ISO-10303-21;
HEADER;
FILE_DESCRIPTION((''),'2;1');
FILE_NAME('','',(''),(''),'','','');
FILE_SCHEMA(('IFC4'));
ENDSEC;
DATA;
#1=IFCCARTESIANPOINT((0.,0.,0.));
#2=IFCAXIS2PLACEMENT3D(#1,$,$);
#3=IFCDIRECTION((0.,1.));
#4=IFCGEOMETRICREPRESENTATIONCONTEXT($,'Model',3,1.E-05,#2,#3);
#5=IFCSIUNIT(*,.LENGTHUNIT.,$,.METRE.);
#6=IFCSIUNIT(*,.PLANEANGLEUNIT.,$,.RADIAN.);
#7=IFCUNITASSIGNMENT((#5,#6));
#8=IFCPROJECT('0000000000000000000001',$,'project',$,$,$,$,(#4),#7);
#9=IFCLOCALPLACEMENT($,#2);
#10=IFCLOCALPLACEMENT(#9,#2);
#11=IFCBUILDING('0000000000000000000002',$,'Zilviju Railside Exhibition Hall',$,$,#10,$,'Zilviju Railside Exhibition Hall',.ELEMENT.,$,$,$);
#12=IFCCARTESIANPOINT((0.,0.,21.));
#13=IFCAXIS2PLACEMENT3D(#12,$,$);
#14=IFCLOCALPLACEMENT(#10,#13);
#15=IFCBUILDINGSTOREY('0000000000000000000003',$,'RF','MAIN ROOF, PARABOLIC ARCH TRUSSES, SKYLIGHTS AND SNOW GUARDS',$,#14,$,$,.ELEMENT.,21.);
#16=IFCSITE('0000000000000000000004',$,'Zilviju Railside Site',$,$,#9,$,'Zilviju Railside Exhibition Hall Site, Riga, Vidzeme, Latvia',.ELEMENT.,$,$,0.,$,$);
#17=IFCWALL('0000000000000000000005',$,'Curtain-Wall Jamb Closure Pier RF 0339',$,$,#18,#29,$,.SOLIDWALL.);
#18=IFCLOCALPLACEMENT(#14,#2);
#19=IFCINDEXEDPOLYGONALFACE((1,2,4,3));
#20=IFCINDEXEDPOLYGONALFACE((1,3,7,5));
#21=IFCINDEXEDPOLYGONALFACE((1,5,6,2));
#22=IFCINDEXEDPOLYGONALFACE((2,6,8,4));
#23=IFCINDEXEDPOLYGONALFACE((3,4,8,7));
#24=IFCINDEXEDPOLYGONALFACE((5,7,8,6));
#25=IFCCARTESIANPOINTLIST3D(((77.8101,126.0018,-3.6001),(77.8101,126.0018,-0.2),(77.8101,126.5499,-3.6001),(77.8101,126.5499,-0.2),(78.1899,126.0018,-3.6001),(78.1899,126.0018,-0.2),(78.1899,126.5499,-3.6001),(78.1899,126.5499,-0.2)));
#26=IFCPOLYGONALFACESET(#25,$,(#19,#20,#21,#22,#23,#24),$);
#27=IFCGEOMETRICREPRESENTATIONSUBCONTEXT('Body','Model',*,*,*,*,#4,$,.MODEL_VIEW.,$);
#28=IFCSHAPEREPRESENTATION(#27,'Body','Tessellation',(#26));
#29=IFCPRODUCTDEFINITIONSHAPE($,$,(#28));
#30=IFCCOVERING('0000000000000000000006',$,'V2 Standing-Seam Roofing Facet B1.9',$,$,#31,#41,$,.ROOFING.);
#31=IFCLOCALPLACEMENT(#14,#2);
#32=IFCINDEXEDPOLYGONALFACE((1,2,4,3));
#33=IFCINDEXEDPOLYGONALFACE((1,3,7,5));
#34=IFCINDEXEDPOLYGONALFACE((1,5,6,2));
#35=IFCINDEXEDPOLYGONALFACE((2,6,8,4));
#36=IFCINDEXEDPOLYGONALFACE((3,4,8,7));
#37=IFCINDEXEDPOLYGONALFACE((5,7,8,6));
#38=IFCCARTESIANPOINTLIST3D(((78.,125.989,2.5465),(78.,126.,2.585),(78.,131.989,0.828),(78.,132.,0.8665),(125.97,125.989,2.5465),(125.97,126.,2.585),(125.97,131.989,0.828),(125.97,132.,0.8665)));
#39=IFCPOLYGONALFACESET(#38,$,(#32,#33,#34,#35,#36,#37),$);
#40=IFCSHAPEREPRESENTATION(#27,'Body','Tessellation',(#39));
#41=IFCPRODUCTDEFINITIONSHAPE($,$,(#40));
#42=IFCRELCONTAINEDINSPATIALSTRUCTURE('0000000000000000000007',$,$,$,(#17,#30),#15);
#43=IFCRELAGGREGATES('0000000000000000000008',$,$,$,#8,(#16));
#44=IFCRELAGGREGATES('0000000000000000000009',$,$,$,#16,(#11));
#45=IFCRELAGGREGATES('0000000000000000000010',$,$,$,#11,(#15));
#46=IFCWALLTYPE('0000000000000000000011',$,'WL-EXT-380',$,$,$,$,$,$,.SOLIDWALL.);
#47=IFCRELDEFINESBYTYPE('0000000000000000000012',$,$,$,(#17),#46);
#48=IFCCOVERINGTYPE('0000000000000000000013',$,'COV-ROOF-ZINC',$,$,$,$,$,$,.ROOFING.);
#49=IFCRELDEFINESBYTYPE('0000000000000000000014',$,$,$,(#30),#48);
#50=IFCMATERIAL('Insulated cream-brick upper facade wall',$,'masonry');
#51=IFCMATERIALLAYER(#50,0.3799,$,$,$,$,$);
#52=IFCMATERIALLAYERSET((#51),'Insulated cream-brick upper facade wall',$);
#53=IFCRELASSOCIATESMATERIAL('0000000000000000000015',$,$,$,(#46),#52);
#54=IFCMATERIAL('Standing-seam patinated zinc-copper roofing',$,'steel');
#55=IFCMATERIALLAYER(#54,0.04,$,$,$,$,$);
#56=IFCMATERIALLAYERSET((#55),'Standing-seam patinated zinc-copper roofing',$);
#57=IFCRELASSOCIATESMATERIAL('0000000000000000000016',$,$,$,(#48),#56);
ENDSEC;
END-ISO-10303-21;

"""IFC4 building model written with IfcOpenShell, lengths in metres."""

from ifc_helpers import new_model, si_unit, direction, frame, frame_2d, origin, place, context, subcontext, project, spatial, polyline, rectangle, outline, extrude, material, layer, layer_set, type_object, element, save


model = new_model("IFC4")

# Units and contexts
model_context = context("Model", 3, precision=1e-05, world=origin(), true_north=direction((0.0, 1.0)))
body_context = subcontext(model_context, "Body", "Model", "MODEL_VIEW")
ifc_project = project(units=[si_unit("LENGTHUNIT", "METRE"), si_unit("PLANEANGLEUNIT", "RADIAN")], contexts=[model_context])

# Site, building, storey
site_placement = place(None, origin())
site = spatial("IfcSite", under=ifc_project, at=site_placement, Name="Zilviju Railside Site", LongName="Zilviju Railside Exhibition Hall Site, Riga, Vidzeme, Latvia", CompositionType="ELEMENT", RefElevation=0.0)
building_placement = place(site_placement, origin())
building = spatial("IfcBuilding", under=site, at=building_placement, Name="Zilviju Railside Exhibition Hall", LongName="Zilviju Railside Exhibition Hall", CompositionType="ELEMENT")
storey_placement = place(building_placement, frame((0.0, 0.0, 21.0)))
storey = spatial("IfcBuildingStorey", under=building, at=storey_placement, Name="RF", Description="MAIN ROOF, PARABOLIC ARCH TRUSSES, SKYLIGHTS AND SNOW GUARDS", CompositionType="ELEMENT", Elevation=21.0)

# Wall
ifc_material_1 = material(Name="Insulated cream-brick upper facade wall", Category="masonry")
ifc_layer_1 = layer(ifc_material_1, 0.3799)
ifc_layer_set_1 = layer_set([ifc_layer_1], Name="Insulated cream-brick upper facade wall")
wall_type = type_object("IfcWallType", Name="WL-EXT-380", PredefinedType="SOLIDWALL", material=ifc_layer_set_1)
wall_placement = place(storey_placement, frame((78.0, 126.002, -3.6001), z_axis=(0.0, 0.0, 1.0), x_axis=(0.0, 1.0, 0.0)))
element("IfcWall", 1, at=wall_placement, inside=storey, type_object=wall_type, Name="Curtain-Wall Jamb Closure Pier RF 0339", PredefinedType="SOLIDWALL", context=body_context, shape_type="SweptSolid", body=[
    extrude(rectangle(XDim=0.5481, YDim=0.3799, at=frame_2d((0.2739, 0.0))), origin(), (0.0, 0.0, 1.0), 3.4001),
])

# Covering
ifc_material_2 = material(Name="Standing-seam patinated zinc-copper roofing", Category="steel")
ifc_layer_2 = layer(ifc_material_2, 0.04)
ifc_layer_set_2 = layer_set([ifc_layer_2], Name="Standing-seam patinated zinc-copper roofing")
covering_type = type_object("IfcCoveringType", Name="COV-ROOF-ZINC", PredefinedType="ROOFING", material=ifc_layer_set_2)
covering_placement = place(storey_placement, frame((78.0, 126.0, 2.585), z_axis=(0.0, 0.275346, 0.961345), x_axis=(1.0, 0.0, 0.0)))
element("IfcCovering", 2, at=covering_placement, inside=storey, type_object=covering_type, Name="V2 Standing-Seam Roofing Facet B1.9", PredefinedType="ROOFING", context=body_context, shape_type="SweptSolid", body=[
    extrude(outline(polyline([(0.0, 0.0), (47.97, 0.0), (47.97, 6.2413), (0.0, 6.2413), (0.0, 0.0)])), origin(), (0.0, 0.0, -1.0), 0.04),
])

save(model, "model.ifc")
